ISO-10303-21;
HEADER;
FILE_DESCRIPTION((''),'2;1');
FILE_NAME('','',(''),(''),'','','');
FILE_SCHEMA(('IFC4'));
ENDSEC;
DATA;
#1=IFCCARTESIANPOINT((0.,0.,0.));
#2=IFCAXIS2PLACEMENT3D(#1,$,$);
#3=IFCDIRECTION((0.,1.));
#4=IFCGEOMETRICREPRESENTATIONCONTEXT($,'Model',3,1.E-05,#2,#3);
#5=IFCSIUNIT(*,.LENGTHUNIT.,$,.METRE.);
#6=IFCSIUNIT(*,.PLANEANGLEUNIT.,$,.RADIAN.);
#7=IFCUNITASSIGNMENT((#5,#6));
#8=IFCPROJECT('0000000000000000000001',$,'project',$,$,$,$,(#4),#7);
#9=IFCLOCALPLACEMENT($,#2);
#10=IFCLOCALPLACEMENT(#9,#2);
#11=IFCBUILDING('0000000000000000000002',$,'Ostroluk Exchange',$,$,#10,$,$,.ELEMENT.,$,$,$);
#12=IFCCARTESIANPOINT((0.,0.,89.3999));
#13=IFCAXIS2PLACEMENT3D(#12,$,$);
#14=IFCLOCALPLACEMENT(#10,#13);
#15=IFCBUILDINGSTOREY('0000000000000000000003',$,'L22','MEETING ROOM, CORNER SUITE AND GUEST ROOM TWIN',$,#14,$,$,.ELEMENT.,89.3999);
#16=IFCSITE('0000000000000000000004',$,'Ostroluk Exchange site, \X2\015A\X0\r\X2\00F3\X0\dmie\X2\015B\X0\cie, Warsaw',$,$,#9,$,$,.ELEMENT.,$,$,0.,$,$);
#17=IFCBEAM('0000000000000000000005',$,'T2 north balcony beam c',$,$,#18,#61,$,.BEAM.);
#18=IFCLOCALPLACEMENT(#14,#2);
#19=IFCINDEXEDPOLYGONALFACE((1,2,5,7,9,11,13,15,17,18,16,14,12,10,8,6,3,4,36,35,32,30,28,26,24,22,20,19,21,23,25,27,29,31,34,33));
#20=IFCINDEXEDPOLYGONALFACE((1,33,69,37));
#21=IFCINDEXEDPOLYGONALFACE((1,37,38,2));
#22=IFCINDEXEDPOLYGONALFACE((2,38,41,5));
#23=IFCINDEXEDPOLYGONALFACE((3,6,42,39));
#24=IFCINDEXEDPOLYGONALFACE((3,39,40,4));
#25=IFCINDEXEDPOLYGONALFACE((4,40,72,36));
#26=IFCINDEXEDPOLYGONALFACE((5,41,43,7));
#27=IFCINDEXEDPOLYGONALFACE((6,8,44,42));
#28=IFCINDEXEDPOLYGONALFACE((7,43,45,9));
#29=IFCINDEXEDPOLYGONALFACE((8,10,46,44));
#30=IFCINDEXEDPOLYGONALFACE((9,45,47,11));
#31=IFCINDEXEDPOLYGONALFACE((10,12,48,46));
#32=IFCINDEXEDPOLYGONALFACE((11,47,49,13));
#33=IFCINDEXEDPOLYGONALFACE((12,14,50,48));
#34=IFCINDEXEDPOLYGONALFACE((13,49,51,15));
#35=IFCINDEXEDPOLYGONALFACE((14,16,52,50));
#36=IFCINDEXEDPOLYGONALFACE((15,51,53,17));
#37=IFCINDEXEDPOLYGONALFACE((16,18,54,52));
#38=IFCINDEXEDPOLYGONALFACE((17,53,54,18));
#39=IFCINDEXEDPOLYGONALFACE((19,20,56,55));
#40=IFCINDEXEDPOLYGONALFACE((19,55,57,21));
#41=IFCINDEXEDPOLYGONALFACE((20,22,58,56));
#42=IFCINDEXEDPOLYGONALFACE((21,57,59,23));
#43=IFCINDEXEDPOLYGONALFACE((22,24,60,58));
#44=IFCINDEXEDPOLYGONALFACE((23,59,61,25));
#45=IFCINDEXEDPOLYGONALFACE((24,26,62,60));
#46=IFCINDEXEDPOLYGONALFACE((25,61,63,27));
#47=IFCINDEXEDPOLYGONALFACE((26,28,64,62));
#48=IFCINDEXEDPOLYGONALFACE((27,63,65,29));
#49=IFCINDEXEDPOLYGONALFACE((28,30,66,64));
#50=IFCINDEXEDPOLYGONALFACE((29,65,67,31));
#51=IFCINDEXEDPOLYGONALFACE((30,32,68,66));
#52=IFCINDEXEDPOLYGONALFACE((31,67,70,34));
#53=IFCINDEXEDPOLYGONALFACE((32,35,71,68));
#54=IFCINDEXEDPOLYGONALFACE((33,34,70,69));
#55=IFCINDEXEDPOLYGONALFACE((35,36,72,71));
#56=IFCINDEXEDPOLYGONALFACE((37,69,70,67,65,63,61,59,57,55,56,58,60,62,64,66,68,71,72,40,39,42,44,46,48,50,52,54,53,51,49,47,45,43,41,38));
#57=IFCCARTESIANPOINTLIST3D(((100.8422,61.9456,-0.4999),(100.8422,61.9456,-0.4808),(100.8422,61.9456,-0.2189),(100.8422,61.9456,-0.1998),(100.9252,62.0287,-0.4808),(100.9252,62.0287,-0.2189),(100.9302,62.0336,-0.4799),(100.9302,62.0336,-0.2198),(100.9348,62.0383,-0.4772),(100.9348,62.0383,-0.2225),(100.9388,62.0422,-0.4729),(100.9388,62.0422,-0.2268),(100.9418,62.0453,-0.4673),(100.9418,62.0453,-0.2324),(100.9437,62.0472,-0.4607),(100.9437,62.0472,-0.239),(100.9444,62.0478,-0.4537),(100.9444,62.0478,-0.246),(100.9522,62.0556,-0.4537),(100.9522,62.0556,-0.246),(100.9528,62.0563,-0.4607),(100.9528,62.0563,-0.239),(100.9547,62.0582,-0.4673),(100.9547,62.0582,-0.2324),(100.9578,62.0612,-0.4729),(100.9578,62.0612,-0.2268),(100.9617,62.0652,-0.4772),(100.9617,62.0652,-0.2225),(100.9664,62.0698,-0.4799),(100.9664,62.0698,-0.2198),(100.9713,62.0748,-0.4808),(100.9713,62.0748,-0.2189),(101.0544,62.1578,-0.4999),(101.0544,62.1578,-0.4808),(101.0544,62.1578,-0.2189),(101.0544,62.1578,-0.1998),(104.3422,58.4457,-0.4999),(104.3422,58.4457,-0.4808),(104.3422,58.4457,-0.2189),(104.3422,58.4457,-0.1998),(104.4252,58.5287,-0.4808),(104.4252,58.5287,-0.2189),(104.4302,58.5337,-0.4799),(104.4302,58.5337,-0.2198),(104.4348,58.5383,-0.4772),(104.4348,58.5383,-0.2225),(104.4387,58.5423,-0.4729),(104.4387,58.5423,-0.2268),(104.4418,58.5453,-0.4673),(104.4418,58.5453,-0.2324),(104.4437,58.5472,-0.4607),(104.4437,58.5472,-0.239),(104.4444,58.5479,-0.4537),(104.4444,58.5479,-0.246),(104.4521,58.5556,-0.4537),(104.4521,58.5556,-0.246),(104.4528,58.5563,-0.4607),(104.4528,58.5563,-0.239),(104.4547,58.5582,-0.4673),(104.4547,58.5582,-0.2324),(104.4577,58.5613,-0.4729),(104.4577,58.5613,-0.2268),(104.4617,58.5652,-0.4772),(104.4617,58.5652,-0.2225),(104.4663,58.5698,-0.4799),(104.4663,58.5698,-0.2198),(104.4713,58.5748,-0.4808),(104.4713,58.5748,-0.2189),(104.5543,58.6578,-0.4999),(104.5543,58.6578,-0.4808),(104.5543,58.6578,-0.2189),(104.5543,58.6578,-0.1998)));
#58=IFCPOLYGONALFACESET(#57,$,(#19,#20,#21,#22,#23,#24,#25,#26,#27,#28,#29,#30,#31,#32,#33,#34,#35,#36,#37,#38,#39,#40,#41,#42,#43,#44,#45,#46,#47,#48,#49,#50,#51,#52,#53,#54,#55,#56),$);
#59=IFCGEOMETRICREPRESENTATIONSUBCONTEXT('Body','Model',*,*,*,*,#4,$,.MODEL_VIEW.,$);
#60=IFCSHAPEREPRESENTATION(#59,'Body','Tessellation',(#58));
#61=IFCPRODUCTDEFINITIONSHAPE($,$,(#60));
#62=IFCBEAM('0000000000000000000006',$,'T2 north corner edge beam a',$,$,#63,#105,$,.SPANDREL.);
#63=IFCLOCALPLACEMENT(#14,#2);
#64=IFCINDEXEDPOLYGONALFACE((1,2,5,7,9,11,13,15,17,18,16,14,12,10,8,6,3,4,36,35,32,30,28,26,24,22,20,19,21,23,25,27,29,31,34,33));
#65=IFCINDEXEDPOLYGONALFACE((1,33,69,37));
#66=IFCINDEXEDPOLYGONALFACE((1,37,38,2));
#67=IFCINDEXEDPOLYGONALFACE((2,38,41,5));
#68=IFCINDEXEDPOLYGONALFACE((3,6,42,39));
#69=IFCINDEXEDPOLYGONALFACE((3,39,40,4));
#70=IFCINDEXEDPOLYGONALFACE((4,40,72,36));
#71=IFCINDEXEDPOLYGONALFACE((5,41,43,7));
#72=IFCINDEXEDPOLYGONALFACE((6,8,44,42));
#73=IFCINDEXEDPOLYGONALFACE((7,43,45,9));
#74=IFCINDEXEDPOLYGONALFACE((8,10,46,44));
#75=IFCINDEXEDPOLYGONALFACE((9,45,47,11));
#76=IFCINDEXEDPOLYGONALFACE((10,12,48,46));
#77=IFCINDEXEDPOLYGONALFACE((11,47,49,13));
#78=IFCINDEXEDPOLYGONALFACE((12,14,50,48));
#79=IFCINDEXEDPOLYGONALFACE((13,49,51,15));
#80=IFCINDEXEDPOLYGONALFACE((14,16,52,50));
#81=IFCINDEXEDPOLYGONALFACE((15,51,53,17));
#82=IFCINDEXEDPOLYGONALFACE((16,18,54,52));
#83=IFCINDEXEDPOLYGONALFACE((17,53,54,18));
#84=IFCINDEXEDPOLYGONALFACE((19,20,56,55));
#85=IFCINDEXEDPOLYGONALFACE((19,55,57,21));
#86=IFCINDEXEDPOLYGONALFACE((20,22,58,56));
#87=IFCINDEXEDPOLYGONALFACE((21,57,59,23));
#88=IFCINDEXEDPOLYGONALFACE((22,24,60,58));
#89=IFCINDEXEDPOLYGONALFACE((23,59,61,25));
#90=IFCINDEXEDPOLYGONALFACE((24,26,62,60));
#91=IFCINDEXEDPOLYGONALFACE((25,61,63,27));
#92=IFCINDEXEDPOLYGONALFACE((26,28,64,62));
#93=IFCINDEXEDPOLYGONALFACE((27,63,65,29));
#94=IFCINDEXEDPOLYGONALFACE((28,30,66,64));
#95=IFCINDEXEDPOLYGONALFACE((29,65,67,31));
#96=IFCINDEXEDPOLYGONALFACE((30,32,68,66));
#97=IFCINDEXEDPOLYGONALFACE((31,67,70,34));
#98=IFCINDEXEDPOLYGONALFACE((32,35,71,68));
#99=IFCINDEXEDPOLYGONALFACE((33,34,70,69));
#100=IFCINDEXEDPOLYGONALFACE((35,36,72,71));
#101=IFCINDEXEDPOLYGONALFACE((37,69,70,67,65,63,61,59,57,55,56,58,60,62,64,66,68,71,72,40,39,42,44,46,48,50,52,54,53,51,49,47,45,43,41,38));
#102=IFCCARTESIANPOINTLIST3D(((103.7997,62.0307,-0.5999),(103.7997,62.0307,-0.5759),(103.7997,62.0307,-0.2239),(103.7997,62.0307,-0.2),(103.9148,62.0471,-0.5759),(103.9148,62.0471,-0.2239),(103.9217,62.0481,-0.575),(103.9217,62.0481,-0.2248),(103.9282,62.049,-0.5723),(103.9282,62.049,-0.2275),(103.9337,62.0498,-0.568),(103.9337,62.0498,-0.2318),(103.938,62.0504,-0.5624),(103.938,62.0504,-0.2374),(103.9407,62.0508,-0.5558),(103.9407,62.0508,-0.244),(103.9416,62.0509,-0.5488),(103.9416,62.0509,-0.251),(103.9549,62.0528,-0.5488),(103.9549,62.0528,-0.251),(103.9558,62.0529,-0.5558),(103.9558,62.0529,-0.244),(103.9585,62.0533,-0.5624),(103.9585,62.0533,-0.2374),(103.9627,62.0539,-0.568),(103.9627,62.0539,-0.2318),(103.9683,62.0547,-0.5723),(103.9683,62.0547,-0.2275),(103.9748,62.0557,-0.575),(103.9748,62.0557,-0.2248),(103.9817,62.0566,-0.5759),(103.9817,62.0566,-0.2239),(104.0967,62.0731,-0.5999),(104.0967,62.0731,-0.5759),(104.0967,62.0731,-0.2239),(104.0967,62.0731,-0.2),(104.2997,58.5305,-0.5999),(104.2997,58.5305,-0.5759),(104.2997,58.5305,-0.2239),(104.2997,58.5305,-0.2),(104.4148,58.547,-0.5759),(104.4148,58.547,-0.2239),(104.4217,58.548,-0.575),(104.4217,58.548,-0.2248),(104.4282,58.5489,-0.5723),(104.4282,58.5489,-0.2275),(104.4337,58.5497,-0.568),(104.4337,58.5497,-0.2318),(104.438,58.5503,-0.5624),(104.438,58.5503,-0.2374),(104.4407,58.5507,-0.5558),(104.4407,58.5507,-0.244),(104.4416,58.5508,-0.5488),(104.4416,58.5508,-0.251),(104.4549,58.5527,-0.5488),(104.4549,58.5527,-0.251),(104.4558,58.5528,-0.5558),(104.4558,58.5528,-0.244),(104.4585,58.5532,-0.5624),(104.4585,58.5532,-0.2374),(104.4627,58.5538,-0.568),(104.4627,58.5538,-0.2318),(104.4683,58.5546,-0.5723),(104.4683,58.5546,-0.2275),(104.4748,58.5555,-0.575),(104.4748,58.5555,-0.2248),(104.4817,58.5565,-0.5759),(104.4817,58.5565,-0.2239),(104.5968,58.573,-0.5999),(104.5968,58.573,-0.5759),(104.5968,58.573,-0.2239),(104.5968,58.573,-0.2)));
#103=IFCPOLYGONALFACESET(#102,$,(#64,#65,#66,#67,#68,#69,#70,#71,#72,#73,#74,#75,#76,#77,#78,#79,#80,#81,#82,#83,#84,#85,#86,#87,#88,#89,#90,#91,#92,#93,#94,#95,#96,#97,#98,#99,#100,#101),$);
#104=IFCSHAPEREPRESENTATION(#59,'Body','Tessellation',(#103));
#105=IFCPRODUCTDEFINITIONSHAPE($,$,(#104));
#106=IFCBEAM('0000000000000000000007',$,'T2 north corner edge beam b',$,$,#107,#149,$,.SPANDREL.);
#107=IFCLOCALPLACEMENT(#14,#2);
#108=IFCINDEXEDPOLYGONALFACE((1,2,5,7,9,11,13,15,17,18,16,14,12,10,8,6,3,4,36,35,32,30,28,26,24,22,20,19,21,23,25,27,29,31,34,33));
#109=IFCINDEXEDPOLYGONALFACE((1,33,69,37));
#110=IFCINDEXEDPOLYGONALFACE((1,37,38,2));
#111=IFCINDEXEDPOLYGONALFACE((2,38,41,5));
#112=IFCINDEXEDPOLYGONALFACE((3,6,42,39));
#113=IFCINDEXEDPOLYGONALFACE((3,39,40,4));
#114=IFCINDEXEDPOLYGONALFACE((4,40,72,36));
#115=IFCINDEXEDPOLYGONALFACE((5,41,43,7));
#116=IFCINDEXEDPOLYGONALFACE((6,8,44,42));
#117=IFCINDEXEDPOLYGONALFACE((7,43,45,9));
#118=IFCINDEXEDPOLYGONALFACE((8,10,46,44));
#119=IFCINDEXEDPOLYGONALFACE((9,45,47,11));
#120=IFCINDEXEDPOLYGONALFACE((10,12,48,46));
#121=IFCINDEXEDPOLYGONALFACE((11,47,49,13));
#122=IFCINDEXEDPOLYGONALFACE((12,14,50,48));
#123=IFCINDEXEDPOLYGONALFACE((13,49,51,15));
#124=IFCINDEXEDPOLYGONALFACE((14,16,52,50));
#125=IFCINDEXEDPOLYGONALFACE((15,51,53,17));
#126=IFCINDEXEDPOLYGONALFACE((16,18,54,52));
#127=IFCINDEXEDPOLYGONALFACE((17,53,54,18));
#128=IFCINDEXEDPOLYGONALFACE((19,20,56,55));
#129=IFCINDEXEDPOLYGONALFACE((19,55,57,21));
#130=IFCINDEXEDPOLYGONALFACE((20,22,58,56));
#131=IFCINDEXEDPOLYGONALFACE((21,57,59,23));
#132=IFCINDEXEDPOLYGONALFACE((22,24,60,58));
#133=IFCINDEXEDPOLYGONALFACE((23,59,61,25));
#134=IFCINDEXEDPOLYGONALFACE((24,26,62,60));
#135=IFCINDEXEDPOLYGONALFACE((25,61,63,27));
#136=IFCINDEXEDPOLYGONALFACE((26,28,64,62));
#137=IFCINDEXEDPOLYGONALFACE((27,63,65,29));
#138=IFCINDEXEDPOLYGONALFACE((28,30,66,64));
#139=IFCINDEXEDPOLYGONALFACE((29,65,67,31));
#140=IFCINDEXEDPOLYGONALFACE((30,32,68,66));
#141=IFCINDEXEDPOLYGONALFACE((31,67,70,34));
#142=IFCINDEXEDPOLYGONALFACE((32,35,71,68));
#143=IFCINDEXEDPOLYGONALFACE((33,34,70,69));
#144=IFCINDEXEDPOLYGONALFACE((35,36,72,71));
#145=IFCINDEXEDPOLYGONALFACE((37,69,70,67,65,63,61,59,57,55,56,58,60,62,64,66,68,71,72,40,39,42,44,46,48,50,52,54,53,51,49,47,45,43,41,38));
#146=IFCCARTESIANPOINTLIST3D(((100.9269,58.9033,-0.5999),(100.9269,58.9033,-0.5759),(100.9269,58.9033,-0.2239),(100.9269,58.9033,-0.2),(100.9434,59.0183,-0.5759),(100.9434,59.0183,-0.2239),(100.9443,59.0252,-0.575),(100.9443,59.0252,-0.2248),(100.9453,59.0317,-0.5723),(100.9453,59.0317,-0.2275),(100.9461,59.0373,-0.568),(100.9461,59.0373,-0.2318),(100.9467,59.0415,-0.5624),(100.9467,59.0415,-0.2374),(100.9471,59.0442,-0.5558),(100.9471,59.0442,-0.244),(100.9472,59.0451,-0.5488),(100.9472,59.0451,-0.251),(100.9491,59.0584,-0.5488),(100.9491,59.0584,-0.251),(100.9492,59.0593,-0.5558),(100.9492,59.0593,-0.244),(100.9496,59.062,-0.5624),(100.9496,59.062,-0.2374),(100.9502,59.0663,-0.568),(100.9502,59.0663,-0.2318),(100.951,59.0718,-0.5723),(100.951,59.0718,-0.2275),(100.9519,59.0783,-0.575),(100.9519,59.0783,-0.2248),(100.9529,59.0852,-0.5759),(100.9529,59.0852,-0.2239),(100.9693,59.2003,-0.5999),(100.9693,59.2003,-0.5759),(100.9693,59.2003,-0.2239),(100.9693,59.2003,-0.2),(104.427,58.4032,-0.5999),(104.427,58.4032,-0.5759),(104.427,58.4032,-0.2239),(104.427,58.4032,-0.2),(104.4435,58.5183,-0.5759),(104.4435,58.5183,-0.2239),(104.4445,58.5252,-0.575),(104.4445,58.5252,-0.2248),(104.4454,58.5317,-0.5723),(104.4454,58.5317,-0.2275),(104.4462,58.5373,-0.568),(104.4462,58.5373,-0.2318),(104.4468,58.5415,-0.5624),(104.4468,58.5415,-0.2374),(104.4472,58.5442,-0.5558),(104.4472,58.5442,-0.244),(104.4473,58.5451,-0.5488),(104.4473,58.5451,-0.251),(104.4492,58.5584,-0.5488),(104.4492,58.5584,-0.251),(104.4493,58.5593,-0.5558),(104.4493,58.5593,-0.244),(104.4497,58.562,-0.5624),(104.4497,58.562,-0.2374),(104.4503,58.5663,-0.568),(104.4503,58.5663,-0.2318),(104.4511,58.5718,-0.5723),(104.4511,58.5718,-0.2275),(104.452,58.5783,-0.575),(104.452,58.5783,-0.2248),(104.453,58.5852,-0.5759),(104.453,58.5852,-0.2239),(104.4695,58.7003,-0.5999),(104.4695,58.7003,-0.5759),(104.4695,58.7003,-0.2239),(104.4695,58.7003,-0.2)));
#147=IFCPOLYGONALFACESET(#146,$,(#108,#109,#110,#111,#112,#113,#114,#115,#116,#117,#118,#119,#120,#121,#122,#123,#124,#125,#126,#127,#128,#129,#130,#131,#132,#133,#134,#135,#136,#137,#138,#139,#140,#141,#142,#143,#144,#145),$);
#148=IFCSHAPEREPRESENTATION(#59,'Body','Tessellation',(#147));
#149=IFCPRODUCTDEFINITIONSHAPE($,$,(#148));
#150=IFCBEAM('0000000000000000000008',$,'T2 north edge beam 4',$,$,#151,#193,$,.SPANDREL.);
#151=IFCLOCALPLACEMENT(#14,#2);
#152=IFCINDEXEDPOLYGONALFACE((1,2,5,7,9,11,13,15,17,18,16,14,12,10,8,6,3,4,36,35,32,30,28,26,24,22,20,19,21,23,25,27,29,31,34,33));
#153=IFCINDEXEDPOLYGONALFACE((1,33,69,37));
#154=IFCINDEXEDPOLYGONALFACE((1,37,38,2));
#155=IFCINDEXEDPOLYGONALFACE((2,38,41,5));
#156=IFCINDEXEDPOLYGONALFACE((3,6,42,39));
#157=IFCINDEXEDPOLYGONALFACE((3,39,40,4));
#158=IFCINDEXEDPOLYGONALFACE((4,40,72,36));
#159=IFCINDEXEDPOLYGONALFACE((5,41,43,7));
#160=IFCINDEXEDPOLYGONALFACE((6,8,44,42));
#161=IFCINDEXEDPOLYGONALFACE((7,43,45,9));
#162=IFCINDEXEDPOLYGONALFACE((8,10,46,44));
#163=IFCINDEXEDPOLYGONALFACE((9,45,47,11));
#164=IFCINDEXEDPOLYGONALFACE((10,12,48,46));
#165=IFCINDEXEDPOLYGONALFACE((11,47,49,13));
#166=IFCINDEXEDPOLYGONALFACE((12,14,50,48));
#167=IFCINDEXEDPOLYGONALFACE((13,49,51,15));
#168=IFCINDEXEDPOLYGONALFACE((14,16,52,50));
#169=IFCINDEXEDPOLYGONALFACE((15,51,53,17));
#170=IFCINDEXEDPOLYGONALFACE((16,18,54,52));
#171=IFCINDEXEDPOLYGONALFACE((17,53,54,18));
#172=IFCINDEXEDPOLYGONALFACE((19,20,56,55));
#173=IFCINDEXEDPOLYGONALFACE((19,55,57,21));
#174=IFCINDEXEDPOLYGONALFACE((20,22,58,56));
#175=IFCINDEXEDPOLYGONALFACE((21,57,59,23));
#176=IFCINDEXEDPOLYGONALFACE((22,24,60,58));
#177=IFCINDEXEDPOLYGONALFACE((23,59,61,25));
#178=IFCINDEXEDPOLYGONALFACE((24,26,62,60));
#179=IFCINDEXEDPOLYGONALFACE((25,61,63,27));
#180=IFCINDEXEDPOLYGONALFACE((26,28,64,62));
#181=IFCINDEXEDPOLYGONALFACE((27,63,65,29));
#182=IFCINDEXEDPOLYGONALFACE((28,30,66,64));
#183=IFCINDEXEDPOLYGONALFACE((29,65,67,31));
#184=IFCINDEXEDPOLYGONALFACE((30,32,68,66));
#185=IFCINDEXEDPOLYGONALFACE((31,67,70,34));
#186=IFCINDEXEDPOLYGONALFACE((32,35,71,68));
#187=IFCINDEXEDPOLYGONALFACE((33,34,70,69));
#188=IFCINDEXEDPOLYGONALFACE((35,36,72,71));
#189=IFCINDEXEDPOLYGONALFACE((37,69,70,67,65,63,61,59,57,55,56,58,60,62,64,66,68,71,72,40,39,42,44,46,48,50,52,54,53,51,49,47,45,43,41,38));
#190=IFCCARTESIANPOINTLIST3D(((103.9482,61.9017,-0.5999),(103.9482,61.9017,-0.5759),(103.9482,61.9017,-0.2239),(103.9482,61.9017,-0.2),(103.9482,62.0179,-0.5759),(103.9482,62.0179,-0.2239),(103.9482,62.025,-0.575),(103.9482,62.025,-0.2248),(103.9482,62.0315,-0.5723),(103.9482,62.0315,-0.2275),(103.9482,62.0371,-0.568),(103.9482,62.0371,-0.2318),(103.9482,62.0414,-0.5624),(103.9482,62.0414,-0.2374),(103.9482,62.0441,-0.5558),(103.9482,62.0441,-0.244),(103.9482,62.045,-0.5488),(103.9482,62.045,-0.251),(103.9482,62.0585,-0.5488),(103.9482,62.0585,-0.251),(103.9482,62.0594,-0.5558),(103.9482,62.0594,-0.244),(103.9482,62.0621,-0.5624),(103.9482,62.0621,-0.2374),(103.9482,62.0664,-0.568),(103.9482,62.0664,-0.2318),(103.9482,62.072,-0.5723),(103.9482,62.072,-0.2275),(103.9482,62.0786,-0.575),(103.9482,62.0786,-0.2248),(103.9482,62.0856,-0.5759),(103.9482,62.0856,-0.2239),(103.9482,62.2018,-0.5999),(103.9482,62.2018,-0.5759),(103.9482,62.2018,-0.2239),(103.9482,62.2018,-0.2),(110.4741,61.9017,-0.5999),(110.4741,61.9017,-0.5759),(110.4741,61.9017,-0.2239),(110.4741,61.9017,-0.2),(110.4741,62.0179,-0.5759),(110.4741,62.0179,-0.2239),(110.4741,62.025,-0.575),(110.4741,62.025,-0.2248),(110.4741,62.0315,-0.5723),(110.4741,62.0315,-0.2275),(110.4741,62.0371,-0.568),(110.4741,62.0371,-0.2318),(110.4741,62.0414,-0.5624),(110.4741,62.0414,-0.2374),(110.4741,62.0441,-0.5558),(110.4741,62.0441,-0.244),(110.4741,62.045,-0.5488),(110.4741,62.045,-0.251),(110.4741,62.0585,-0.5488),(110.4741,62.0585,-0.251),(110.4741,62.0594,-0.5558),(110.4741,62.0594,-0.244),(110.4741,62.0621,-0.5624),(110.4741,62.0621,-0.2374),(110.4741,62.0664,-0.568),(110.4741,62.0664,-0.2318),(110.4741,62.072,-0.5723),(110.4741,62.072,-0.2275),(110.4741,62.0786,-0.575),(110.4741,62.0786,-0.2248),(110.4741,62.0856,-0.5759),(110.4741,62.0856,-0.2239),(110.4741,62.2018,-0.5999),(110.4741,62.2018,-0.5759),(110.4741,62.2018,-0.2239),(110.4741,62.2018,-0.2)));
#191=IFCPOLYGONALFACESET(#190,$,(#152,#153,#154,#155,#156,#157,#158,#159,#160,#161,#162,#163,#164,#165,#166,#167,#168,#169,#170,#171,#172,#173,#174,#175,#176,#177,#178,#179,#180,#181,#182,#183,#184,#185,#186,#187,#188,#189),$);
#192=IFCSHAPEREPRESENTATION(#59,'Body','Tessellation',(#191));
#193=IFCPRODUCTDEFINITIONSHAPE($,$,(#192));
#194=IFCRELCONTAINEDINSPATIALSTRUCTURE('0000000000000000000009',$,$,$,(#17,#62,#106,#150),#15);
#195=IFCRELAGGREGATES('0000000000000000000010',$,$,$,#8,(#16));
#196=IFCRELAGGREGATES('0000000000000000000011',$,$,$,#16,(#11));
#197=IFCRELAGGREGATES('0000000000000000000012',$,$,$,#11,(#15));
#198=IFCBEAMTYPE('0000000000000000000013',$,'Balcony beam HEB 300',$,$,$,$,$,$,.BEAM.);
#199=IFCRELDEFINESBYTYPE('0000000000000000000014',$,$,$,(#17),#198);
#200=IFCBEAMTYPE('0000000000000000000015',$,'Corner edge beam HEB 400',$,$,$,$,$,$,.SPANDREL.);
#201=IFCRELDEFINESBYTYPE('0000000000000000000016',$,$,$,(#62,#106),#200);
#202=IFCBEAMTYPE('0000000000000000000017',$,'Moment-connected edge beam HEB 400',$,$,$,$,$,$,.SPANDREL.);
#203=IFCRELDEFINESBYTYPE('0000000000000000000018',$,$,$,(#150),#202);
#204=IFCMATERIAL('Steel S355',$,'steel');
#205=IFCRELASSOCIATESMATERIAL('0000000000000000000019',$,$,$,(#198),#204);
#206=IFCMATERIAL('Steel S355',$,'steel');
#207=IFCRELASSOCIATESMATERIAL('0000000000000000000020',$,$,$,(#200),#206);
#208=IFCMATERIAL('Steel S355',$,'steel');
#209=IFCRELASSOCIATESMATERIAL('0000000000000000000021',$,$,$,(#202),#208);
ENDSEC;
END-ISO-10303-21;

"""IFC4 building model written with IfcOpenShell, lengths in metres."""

from ifc_helpers import new_model, si_unit, direction, frame, origin, origin_2d, place, context, subcontext, project, spatial, i_section, extrude, material, material_profile, profile_set, type_object, element, save


model = new_model("IFC4")

# Units and contexts
model_context = context("Model", 3, precision=1e-05, world=origin(), true_north=direction((0.0, 1.0)))
body_context = subcontext(model_context, "Body", "Model", "MODEL_VIEW")
ifc_project = project(units=[si_unit("LENGTHUNIT", "METRE"), si_unit("PLANEANGLEUNIT", "RADIAN")], contexts=[model_context])

# Site, building, storey
site_placement = place(None, origin())
site = spatial("IfcSite", under=ifc_project, at=site_placement, Name="Ostroluk Exchange site, Śródmieście, Warsaw", CompositionType="ELEMENT", RefElevation=0.0)
building_placement = place(site_placement, origin())
building = spatial("IfcBuilding", under=site, at=building_placement, Name="Ostroluk Exchange", CompositionType="ELEMENT")
storey_placement = place(building_placement, frame((0.0, 0.0, 89.3999)))
storey = spatial("IfcBuildingStorey", under=building, at=storey_placement, Name="L22", Description="MEETING ROOM, CORNER SUITE AND GUEST ROOM TWIN", CompositionType="ELEMENT", Elevation=89.3999)

# Beams
ifc_material_1 = material(Name="Steel S355", Category="steel")
ifc_material_profile_1 = material_profile(ifc_material_1, i_section(OverallWidth=0.3, OverallDepth=0.3, WebThickness=0.011, FlangeThickness=0.019, FilletRadius=0.0271, at=origin_2d()), Name="HEB 300")
ifc_profile_set_1 = profile_set([ifc_material_profile_1], Name="Steel S355")
beam_type_1 = type_object("IfcBeamType", Name="Balcony beam HEB 300", PredefinedType="BEAM", material=ifc_profile_set_1)
beam_1_placement = place(storey_placement, frame((104.4482, 58.5518, -0.3499), z_axis=(-0.707107, 0.707107, 0.0), x_axis=(-0.707107, -0.707107, 0.0)))
element("IfcBeam", 1, at=beam_1_placement, inside=storey, type_object=beam_type_1, Name="T2 north balcony beam c", PredefinedType="BEAM", context=body_context, shape_type="SweptSolid", body=[
    extrude(i_section(OverallWidth=0.3, OverallDepth=0.3, WebThickness=0.011, FlangeThickness=0.019, FilletRadius=0.0271, at=origin_2d()), origin(), (0.0, 0.0, 1.0), 4.9497),
])
ifc_material_2 = material(Name="Steel S355", Category="steel")
ifc_material_profile_2 = material_profile(ifc_material_2, i_section(OverallWidth=0.3, OverallDepth=0.3999, WebThickness=0.0134, FlangeThickness=0.0239, FilletRadius=0.0271, at=origin_2d()), Name="HEB 400")
ifc_profile_set_2 = profile_set([ifc_material_profile_2], Name="Steel S355")
beam_type_2 = type_object("IfcBeamType", Name="Corner edge beam HEB 400", PredefinedType="SPANDREL", material=ifc_profile_set_2)
for number, where, z_axis, x_axis, name in (
    (2, (104.4482, 58.5518, -0.3999), (-0.141421, 0.989949, 0.0), (-0.989949, -0.141421, 0.0), "T2 north corner edge beam a"),
    (3, (104.4482, 58.5518, -0.3999), (-0.989949, 0.141421, 0.0), (-0.141421, -0.989949, 0.0), "T2 north corner edge beam b"),
):
    element("IfcBeam", number, at=place(storey_placement, frame(where, z_axis=z_axis, x_axis=x_axis)), inside=storey, type_object=beam_type_2, Name=name, PredefinedType="SPANDREL", context=body_context, shape_type="SweptSolid", body=[
        extrude(i_section(OverallWidth=0.3, OverallDepth=0.3999, WebThickness=0.0134, FlangeThickness=0.0239, FilletRadius=0.0271, at=origin_2d()), origin(), (0.0, 0.0, 1.0), 3.5356),
    ])
ifc_material_3 = material(Name="Steel S355", Category="steel")
ifc_material_profile_3 = material_profile(ifc_material_3, i_section(OverallWidth=0.3, OverallDepth=0.3999, WebThickness=0.0134, FlangeThickness=0.0239, FilletRadius=0.0271, at=origin_2d()), Name="HEB 400")
ifc_profile_set_3 = profile_set([ifc_material_profile_3], Name="Steel S355")
beam_type_3 = type_object("IfcBeamType", Name="Moment-connected edge beam HEB 400", PredefinedType="SPANDREL", material=ifc_profile_set_3)
beam_2_placement = place(storey_placement, frame((110.4741, 62.0518, -0.3999), z_axis=(-1.0, 0.0, 0.0), x_axis=(0.0, -1.0, 0.0)))
element("IfcBeam", 4, at=beam_2_placement, inside=storey, type_object=beam_type_3, Name="T2 north edge beam 4", PredefinedType="SPANDREL", context=body_context, shape_type="SweptSolid", body=[
    extrude(i_section(OverallWidth=0.3, OverallDepth=0.3999, WebThickness=0.0134, FlangeThickness=0.0239, FilletRadius=0.0271, at=origin_2d()), origin(), (0.0, 0.0, 1.0), 6.5259),
])

save(model, "model.ifc")
